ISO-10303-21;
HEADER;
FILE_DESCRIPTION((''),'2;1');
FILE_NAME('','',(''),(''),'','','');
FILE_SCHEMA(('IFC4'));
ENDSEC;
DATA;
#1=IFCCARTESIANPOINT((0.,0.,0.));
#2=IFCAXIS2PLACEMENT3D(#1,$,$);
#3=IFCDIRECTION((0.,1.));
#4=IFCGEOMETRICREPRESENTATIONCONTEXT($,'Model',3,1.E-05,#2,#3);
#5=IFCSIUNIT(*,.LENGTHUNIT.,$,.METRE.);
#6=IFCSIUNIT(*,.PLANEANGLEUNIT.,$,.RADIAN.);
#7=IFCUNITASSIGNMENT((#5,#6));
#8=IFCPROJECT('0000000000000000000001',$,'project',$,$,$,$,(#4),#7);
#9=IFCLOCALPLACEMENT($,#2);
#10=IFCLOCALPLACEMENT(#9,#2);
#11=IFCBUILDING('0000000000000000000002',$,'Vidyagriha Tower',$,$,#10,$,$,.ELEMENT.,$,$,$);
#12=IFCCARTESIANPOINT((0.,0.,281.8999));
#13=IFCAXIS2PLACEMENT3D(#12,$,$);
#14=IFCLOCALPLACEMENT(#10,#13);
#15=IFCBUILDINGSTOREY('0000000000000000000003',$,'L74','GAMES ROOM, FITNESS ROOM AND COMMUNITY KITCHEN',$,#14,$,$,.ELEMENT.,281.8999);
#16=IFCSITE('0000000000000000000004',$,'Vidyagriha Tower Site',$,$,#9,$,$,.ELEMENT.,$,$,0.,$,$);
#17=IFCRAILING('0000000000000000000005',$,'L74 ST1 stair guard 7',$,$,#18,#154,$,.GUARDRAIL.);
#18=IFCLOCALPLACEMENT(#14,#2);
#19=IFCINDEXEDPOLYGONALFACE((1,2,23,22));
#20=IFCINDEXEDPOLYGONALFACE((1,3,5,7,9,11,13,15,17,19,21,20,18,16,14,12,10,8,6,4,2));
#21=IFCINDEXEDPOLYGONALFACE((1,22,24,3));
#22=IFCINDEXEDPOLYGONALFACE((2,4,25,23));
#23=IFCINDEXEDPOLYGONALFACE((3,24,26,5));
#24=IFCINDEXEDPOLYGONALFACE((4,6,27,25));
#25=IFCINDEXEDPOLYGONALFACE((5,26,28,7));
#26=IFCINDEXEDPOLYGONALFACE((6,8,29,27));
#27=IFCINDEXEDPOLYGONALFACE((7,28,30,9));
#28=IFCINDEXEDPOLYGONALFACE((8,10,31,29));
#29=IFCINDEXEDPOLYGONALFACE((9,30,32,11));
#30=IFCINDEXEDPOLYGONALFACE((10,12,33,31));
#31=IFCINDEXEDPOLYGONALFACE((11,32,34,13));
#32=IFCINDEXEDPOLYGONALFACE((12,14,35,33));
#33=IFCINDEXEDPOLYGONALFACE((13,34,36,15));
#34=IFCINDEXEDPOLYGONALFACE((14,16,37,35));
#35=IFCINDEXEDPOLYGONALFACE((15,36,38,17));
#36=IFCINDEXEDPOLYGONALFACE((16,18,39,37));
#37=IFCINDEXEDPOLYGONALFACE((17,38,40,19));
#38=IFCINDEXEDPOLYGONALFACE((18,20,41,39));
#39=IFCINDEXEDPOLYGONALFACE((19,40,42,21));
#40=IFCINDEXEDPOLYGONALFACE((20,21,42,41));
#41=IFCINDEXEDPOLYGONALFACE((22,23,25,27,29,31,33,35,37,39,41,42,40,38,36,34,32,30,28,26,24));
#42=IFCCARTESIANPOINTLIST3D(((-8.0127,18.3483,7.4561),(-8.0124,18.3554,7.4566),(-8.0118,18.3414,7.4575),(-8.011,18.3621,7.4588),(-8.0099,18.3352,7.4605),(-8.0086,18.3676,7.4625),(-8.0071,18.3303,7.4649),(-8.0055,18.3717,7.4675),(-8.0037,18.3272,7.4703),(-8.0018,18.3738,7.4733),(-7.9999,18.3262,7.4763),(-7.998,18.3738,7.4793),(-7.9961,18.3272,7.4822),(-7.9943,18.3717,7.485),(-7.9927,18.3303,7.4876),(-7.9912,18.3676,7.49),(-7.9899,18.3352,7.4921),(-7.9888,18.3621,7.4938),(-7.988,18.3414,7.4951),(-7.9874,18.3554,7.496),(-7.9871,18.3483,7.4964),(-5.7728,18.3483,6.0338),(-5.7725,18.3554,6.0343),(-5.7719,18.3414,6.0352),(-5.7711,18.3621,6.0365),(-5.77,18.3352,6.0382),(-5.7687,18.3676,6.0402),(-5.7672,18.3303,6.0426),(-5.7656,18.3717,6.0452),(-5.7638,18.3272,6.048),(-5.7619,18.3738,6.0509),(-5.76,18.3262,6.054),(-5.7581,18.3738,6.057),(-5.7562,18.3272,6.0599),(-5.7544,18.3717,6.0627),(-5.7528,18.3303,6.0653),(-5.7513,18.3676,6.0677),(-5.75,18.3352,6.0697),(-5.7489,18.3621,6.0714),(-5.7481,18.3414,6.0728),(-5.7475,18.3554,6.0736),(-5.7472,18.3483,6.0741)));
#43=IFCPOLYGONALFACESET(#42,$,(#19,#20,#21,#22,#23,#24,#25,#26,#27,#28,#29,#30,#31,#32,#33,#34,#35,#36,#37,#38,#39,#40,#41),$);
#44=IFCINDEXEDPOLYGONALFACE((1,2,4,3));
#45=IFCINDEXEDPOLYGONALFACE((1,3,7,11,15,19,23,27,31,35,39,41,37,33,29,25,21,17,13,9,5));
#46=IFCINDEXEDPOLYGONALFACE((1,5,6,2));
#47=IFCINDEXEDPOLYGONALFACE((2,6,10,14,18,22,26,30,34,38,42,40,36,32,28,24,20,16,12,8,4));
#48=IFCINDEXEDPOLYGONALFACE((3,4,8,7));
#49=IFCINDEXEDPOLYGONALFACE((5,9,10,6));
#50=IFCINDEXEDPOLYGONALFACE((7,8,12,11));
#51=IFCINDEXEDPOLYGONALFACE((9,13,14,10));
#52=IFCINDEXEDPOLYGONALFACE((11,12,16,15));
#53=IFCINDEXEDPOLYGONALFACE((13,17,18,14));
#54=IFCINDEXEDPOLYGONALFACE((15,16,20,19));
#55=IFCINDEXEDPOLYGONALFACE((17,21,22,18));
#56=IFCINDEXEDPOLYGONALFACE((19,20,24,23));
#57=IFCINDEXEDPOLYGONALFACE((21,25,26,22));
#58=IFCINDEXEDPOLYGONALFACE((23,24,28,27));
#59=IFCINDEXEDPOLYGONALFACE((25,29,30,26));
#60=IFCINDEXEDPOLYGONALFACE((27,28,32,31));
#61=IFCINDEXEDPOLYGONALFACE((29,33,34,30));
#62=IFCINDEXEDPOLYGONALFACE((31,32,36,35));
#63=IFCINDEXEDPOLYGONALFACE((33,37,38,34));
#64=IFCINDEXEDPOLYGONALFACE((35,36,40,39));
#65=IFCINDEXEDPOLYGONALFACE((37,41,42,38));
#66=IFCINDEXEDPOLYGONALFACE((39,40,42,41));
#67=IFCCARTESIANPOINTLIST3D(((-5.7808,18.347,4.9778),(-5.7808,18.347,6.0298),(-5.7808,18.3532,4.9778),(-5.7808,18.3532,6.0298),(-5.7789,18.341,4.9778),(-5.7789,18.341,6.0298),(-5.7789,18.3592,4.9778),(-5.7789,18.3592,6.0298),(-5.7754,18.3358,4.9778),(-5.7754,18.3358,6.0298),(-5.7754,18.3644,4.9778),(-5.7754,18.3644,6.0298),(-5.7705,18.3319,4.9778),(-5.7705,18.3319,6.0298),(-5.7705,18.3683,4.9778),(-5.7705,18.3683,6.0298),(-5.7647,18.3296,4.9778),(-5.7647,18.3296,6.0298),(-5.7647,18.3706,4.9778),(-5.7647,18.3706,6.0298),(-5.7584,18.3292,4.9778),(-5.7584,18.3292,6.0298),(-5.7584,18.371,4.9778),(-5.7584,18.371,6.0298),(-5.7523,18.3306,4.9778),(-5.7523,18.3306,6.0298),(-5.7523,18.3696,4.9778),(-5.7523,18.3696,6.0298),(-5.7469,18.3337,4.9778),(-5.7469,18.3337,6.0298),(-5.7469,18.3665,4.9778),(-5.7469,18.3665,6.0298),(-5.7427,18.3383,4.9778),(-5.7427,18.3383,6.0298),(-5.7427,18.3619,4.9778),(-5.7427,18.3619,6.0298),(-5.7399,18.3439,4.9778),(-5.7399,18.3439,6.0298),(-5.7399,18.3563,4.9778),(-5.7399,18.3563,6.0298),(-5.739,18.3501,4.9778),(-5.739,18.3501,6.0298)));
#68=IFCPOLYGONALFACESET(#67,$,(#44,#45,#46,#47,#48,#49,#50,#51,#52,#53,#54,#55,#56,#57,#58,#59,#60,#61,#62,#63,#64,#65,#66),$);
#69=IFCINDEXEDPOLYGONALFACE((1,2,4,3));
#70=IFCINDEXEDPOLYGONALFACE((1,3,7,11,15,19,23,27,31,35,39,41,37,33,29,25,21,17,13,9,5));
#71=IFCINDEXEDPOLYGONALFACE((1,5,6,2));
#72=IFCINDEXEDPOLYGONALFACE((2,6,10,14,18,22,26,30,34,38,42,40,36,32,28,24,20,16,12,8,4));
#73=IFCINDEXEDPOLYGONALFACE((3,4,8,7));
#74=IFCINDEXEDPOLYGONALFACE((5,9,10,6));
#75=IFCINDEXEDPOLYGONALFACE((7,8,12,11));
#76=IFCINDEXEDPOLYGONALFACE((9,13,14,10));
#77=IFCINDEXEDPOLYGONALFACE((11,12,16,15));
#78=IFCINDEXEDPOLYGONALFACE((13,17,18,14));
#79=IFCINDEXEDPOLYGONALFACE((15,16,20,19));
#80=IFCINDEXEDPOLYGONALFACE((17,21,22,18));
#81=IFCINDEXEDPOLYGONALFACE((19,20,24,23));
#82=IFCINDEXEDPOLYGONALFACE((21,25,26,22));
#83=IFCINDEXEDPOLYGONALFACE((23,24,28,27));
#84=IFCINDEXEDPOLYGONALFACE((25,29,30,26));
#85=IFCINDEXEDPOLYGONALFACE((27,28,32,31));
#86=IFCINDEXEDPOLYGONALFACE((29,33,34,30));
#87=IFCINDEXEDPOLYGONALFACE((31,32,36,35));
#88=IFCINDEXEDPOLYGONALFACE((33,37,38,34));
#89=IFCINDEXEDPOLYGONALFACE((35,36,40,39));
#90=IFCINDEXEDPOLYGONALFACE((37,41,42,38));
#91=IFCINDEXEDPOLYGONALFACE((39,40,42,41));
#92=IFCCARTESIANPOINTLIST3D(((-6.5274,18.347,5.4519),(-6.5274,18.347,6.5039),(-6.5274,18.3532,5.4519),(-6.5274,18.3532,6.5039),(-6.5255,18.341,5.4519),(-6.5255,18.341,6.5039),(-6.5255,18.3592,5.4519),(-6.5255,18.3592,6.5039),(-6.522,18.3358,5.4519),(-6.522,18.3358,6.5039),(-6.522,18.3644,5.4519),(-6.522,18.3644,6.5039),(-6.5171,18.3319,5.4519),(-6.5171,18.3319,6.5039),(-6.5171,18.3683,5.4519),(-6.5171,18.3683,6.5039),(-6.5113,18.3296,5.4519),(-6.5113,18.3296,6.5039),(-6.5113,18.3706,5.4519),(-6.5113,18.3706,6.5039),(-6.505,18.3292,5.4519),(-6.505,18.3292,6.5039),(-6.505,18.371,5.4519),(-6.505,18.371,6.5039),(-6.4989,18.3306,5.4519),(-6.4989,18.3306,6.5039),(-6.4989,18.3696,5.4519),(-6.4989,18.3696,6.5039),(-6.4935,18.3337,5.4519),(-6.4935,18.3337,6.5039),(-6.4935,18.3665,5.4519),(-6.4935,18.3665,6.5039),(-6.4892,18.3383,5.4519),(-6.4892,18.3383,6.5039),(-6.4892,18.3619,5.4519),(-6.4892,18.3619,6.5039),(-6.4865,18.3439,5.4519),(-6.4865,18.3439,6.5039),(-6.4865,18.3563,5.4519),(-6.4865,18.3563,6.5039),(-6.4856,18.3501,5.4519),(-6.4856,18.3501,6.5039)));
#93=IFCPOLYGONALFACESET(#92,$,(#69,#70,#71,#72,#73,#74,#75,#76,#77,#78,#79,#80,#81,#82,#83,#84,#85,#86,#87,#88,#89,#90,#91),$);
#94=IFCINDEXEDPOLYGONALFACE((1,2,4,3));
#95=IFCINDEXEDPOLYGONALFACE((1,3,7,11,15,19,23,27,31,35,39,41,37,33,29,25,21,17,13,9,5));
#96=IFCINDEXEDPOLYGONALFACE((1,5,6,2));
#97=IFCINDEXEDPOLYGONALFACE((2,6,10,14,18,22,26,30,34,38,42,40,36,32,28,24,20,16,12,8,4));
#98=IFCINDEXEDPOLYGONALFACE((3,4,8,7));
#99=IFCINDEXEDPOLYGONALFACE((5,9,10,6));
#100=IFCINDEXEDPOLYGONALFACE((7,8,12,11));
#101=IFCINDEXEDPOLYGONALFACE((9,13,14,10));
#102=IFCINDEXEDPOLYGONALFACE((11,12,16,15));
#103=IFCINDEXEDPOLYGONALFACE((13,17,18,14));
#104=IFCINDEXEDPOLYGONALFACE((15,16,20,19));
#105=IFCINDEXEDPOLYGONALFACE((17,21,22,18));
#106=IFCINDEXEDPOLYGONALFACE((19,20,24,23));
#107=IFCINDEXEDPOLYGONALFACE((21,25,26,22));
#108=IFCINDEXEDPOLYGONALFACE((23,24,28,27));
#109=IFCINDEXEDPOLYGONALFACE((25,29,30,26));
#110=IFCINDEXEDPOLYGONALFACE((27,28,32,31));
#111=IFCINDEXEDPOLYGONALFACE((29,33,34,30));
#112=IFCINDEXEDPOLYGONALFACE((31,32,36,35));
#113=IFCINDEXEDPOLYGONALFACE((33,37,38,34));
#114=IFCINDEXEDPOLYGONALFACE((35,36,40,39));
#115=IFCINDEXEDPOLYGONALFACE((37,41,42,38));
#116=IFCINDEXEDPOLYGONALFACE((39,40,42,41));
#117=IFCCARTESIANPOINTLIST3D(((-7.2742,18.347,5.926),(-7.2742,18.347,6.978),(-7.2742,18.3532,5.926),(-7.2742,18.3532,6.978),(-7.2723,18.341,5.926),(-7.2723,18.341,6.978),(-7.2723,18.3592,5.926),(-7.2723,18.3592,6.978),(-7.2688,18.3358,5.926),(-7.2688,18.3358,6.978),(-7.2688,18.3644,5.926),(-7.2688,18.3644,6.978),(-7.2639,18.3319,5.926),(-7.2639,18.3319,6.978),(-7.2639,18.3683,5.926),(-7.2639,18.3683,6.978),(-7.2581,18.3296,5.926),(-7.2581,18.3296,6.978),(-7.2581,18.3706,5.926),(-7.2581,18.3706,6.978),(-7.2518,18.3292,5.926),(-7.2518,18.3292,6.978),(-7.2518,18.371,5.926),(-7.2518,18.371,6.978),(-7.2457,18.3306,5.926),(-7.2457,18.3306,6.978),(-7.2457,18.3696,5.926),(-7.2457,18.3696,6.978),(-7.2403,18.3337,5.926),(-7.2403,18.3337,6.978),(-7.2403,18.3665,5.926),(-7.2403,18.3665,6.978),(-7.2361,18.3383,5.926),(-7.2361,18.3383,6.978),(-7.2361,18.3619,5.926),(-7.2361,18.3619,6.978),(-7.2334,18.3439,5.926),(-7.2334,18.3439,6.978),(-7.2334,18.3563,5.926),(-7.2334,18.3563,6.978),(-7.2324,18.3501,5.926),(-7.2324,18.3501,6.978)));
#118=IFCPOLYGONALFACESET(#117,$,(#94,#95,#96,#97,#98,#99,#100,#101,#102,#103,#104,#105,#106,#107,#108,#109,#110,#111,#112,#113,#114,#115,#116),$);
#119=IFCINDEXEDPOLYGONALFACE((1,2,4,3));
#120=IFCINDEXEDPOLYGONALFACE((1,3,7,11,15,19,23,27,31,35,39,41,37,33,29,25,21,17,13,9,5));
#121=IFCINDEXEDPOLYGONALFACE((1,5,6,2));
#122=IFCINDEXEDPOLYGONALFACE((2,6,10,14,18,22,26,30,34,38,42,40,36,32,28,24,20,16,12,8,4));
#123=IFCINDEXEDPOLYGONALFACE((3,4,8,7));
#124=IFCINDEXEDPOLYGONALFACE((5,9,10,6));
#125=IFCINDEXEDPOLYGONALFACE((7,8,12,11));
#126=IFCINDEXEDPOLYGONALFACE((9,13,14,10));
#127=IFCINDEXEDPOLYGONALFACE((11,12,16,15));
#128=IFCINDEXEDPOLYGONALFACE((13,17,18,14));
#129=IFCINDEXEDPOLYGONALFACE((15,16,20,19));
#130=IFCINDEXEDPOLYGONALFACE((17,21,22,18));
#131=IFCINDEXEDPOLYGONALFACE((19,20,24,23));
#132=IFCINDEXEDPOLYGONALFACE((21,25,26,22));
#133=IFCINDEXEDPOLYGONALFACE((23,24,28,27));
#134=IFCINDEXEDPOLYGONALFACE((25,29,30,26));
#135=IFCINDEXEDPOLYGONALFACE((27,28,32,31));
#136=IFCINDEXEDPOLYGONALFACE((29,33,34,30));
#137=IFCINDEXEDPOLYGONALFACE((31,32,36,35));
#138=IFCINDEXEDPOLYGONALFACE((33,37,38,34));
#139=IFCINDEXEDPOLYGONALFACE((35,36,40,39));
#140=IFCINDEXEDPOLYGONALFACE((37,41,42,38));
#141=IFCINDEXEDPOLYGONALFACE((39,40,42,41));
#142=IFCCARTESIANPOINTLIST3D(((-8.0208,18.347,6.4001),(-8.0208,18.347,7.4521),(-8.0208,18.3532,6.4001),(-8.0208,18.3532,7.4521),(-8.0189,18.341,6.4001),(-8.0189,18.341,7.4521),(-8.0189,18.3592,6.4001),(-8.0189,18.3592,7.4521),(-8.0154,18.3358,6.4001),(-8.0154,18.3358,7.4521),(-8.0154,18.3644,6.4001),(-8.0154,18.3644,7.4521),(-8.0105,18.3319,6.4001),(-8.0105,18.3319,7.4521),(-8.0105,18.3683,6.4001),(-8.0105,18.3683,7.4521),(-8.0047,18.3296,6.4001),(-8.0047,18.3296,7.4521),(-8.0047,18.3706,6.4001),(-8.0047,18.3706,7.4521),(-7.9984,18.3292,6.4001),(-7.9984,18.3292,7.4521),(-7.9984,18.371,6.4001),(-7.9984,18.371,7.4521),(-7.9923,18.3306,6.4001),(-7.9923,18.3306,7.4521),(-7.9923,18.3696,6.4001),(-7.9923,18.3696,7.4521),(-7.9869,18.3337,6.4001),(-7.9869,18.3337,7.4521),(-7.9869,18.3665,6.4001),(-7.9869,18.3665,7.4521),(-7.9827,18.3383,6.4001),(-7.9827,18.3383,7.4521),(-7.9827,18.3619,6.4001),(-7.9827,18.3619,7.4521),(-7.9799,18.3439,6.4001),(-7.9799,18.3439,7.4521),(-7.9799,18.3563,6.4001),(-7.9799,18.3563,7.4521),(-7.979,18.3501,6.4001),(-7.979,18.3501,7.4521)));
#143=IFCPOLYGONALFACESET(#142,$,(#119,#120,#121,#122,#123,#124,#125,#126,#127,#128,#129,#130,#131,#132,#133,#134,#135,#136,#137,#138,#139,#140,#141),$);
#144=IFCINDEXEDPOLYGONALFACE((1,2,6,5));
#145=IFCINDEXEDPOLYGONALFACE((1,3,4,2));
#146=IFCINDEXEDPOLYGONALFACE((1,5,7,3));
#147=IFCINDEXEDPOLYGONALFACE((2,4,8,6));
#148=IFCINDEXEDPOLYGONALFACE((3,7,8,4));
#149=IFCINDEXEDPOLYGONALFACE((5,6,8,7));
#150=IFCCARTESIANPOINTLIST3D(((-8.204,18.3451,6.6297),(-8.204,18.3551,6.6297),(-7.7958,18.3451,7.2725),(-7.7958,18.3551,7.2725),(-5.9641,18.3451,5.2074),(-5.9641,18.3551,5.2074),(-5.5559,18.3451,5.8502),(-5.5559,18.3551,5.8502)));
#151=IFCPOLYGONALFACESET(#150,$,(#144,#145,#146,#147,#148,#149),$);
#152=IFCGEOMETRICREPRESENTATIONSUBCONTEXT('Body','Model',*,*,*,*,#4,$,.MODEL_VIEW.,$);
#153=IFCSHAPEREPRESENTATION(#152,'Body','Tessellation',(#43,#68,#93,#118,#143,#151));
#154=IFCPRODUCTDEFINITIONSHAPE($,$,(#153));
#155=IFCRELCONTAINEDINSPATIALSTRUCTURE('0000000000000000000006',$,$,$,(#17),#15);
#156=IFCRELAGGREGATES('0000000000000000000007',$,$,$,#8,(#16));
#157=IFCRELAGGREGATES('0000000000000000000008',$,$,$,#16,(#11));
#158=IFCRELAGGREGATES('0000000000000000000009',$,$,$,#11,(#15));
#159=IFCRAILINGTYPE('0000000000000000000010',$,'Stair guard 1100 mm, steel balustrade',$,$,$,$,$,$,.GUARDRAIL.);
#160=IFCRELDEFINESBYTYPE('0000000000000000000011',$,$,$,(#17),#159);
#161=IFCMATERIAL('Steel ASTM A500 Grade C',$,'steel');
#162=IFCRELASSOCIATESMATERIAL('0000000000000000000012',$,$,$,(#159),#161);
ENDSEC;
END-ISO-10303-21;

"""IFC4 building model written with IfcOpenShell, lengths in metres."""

from ifc_helpers import new_model, si_unit, direction, frame, origin, origin_2d, place, context, subcontext, project, spatial, rectangle, circle, extrude, material, type_object, element, save


model = new_model("IFC4")

# Units and contexts
model_context = context("Model", 3, precision=1e-05, world=origin(), true_north=direction((0.0, 1.0)))
body_context = subcontext(model_context, "Body", "Model", "MODEL_VIEW")
ifc_project = project(units=[si_unit("LENGTHUNIT", "METRE"), si_unit("PLANEANGLEUNIT", "RADIAN")], contexts=[model_context])

# Site, building, storey
site_placement = place(None, origin())
site = spatial("IfcSite", under=ifc_project, at=site_placement, Name="Vidyagriha Tower Site", CompositionType="ELEMENT", RefElevation=0.0)
building_placement = place(site_placement, origin())
building = spatial("IfcBuilding", under=site, at=building_placement, Name="Vidyagriha Tower", CompositionType="ELEMENT")
storey_placement = place(building_placement, frame((0.0, 0.0, 281.8999)))
storey = spatial("IfcBuildingStorey", under=building, at=storey_placement, Name="L74", Description="GAMES ROOM, FITNESS ROOM AND COMMUNITY KITCHEN", CompositionType="ELEMENT", Elevation=281.8999)

# Railing
ifc_material_1 = material(Name="Steel ASTM A500 Grade C", Category="steel")
railing_type_1 = type_object("IfcRailingType", Name="Stair guard 1100 mm, steel balustrade", PredefinedType="GUARDRAIL", material=ifc_material_1)
railing_1_placement = place(storey_placement, frame((-5.76, 18.3501, 4.9778)))
element("IfcRailing", 1, at=railing_1_placement, inside=storey, type_object=railing_type_1, Name="L74 ST1 stair guard 7", PredefinedType="GUARDRAIL", context=body_context, shape_type="SweptSolid", body=[
    extrude(circle(Radius=0.0239, at=origin_2d()), frame((0.0, 0.0, 1.0762), z_axis=(-0.844188, 0.0, 0.536048), x_axis=(0.0, -1.0, 0.0)), (0.0, 0.0, 1.0), 2.6533),
    extrude(circle(Radius=0.021, at=origin_2d()), origin(), (0.0, 0.0, 1.0), 1.052),
    extrude(circle(Radius=0.021, at=origin_2d()), frame((-0.7466, 0.0, 0.4741)), (0.0, 0.0, 1.0), 1.052),
    extrude(circle(Radius=0.021, at=origin_2d()), frame((-1.4934, 0.0, 0.9482)), (0.0, 0.0, 1.0), 1.052),
    extrude(circle(Radius=0.021, at=origin_2d()), frame((-2.24, 0.0, 1.4224)), (0.0, 0.0, 1.0), 1.052),
    extrude(rectangle(XDim=0.01, YDim=0.7615, at=origin_2d()), frame((0.0, 0.0, 0.551), z_axis=(-0.844188, 0.0, 0.536048), x_axis=(0.0, -1.0, 0.0)), (0.0, 0.0, 1.0), 2.6533),
])

save(model, "model.ifc")
